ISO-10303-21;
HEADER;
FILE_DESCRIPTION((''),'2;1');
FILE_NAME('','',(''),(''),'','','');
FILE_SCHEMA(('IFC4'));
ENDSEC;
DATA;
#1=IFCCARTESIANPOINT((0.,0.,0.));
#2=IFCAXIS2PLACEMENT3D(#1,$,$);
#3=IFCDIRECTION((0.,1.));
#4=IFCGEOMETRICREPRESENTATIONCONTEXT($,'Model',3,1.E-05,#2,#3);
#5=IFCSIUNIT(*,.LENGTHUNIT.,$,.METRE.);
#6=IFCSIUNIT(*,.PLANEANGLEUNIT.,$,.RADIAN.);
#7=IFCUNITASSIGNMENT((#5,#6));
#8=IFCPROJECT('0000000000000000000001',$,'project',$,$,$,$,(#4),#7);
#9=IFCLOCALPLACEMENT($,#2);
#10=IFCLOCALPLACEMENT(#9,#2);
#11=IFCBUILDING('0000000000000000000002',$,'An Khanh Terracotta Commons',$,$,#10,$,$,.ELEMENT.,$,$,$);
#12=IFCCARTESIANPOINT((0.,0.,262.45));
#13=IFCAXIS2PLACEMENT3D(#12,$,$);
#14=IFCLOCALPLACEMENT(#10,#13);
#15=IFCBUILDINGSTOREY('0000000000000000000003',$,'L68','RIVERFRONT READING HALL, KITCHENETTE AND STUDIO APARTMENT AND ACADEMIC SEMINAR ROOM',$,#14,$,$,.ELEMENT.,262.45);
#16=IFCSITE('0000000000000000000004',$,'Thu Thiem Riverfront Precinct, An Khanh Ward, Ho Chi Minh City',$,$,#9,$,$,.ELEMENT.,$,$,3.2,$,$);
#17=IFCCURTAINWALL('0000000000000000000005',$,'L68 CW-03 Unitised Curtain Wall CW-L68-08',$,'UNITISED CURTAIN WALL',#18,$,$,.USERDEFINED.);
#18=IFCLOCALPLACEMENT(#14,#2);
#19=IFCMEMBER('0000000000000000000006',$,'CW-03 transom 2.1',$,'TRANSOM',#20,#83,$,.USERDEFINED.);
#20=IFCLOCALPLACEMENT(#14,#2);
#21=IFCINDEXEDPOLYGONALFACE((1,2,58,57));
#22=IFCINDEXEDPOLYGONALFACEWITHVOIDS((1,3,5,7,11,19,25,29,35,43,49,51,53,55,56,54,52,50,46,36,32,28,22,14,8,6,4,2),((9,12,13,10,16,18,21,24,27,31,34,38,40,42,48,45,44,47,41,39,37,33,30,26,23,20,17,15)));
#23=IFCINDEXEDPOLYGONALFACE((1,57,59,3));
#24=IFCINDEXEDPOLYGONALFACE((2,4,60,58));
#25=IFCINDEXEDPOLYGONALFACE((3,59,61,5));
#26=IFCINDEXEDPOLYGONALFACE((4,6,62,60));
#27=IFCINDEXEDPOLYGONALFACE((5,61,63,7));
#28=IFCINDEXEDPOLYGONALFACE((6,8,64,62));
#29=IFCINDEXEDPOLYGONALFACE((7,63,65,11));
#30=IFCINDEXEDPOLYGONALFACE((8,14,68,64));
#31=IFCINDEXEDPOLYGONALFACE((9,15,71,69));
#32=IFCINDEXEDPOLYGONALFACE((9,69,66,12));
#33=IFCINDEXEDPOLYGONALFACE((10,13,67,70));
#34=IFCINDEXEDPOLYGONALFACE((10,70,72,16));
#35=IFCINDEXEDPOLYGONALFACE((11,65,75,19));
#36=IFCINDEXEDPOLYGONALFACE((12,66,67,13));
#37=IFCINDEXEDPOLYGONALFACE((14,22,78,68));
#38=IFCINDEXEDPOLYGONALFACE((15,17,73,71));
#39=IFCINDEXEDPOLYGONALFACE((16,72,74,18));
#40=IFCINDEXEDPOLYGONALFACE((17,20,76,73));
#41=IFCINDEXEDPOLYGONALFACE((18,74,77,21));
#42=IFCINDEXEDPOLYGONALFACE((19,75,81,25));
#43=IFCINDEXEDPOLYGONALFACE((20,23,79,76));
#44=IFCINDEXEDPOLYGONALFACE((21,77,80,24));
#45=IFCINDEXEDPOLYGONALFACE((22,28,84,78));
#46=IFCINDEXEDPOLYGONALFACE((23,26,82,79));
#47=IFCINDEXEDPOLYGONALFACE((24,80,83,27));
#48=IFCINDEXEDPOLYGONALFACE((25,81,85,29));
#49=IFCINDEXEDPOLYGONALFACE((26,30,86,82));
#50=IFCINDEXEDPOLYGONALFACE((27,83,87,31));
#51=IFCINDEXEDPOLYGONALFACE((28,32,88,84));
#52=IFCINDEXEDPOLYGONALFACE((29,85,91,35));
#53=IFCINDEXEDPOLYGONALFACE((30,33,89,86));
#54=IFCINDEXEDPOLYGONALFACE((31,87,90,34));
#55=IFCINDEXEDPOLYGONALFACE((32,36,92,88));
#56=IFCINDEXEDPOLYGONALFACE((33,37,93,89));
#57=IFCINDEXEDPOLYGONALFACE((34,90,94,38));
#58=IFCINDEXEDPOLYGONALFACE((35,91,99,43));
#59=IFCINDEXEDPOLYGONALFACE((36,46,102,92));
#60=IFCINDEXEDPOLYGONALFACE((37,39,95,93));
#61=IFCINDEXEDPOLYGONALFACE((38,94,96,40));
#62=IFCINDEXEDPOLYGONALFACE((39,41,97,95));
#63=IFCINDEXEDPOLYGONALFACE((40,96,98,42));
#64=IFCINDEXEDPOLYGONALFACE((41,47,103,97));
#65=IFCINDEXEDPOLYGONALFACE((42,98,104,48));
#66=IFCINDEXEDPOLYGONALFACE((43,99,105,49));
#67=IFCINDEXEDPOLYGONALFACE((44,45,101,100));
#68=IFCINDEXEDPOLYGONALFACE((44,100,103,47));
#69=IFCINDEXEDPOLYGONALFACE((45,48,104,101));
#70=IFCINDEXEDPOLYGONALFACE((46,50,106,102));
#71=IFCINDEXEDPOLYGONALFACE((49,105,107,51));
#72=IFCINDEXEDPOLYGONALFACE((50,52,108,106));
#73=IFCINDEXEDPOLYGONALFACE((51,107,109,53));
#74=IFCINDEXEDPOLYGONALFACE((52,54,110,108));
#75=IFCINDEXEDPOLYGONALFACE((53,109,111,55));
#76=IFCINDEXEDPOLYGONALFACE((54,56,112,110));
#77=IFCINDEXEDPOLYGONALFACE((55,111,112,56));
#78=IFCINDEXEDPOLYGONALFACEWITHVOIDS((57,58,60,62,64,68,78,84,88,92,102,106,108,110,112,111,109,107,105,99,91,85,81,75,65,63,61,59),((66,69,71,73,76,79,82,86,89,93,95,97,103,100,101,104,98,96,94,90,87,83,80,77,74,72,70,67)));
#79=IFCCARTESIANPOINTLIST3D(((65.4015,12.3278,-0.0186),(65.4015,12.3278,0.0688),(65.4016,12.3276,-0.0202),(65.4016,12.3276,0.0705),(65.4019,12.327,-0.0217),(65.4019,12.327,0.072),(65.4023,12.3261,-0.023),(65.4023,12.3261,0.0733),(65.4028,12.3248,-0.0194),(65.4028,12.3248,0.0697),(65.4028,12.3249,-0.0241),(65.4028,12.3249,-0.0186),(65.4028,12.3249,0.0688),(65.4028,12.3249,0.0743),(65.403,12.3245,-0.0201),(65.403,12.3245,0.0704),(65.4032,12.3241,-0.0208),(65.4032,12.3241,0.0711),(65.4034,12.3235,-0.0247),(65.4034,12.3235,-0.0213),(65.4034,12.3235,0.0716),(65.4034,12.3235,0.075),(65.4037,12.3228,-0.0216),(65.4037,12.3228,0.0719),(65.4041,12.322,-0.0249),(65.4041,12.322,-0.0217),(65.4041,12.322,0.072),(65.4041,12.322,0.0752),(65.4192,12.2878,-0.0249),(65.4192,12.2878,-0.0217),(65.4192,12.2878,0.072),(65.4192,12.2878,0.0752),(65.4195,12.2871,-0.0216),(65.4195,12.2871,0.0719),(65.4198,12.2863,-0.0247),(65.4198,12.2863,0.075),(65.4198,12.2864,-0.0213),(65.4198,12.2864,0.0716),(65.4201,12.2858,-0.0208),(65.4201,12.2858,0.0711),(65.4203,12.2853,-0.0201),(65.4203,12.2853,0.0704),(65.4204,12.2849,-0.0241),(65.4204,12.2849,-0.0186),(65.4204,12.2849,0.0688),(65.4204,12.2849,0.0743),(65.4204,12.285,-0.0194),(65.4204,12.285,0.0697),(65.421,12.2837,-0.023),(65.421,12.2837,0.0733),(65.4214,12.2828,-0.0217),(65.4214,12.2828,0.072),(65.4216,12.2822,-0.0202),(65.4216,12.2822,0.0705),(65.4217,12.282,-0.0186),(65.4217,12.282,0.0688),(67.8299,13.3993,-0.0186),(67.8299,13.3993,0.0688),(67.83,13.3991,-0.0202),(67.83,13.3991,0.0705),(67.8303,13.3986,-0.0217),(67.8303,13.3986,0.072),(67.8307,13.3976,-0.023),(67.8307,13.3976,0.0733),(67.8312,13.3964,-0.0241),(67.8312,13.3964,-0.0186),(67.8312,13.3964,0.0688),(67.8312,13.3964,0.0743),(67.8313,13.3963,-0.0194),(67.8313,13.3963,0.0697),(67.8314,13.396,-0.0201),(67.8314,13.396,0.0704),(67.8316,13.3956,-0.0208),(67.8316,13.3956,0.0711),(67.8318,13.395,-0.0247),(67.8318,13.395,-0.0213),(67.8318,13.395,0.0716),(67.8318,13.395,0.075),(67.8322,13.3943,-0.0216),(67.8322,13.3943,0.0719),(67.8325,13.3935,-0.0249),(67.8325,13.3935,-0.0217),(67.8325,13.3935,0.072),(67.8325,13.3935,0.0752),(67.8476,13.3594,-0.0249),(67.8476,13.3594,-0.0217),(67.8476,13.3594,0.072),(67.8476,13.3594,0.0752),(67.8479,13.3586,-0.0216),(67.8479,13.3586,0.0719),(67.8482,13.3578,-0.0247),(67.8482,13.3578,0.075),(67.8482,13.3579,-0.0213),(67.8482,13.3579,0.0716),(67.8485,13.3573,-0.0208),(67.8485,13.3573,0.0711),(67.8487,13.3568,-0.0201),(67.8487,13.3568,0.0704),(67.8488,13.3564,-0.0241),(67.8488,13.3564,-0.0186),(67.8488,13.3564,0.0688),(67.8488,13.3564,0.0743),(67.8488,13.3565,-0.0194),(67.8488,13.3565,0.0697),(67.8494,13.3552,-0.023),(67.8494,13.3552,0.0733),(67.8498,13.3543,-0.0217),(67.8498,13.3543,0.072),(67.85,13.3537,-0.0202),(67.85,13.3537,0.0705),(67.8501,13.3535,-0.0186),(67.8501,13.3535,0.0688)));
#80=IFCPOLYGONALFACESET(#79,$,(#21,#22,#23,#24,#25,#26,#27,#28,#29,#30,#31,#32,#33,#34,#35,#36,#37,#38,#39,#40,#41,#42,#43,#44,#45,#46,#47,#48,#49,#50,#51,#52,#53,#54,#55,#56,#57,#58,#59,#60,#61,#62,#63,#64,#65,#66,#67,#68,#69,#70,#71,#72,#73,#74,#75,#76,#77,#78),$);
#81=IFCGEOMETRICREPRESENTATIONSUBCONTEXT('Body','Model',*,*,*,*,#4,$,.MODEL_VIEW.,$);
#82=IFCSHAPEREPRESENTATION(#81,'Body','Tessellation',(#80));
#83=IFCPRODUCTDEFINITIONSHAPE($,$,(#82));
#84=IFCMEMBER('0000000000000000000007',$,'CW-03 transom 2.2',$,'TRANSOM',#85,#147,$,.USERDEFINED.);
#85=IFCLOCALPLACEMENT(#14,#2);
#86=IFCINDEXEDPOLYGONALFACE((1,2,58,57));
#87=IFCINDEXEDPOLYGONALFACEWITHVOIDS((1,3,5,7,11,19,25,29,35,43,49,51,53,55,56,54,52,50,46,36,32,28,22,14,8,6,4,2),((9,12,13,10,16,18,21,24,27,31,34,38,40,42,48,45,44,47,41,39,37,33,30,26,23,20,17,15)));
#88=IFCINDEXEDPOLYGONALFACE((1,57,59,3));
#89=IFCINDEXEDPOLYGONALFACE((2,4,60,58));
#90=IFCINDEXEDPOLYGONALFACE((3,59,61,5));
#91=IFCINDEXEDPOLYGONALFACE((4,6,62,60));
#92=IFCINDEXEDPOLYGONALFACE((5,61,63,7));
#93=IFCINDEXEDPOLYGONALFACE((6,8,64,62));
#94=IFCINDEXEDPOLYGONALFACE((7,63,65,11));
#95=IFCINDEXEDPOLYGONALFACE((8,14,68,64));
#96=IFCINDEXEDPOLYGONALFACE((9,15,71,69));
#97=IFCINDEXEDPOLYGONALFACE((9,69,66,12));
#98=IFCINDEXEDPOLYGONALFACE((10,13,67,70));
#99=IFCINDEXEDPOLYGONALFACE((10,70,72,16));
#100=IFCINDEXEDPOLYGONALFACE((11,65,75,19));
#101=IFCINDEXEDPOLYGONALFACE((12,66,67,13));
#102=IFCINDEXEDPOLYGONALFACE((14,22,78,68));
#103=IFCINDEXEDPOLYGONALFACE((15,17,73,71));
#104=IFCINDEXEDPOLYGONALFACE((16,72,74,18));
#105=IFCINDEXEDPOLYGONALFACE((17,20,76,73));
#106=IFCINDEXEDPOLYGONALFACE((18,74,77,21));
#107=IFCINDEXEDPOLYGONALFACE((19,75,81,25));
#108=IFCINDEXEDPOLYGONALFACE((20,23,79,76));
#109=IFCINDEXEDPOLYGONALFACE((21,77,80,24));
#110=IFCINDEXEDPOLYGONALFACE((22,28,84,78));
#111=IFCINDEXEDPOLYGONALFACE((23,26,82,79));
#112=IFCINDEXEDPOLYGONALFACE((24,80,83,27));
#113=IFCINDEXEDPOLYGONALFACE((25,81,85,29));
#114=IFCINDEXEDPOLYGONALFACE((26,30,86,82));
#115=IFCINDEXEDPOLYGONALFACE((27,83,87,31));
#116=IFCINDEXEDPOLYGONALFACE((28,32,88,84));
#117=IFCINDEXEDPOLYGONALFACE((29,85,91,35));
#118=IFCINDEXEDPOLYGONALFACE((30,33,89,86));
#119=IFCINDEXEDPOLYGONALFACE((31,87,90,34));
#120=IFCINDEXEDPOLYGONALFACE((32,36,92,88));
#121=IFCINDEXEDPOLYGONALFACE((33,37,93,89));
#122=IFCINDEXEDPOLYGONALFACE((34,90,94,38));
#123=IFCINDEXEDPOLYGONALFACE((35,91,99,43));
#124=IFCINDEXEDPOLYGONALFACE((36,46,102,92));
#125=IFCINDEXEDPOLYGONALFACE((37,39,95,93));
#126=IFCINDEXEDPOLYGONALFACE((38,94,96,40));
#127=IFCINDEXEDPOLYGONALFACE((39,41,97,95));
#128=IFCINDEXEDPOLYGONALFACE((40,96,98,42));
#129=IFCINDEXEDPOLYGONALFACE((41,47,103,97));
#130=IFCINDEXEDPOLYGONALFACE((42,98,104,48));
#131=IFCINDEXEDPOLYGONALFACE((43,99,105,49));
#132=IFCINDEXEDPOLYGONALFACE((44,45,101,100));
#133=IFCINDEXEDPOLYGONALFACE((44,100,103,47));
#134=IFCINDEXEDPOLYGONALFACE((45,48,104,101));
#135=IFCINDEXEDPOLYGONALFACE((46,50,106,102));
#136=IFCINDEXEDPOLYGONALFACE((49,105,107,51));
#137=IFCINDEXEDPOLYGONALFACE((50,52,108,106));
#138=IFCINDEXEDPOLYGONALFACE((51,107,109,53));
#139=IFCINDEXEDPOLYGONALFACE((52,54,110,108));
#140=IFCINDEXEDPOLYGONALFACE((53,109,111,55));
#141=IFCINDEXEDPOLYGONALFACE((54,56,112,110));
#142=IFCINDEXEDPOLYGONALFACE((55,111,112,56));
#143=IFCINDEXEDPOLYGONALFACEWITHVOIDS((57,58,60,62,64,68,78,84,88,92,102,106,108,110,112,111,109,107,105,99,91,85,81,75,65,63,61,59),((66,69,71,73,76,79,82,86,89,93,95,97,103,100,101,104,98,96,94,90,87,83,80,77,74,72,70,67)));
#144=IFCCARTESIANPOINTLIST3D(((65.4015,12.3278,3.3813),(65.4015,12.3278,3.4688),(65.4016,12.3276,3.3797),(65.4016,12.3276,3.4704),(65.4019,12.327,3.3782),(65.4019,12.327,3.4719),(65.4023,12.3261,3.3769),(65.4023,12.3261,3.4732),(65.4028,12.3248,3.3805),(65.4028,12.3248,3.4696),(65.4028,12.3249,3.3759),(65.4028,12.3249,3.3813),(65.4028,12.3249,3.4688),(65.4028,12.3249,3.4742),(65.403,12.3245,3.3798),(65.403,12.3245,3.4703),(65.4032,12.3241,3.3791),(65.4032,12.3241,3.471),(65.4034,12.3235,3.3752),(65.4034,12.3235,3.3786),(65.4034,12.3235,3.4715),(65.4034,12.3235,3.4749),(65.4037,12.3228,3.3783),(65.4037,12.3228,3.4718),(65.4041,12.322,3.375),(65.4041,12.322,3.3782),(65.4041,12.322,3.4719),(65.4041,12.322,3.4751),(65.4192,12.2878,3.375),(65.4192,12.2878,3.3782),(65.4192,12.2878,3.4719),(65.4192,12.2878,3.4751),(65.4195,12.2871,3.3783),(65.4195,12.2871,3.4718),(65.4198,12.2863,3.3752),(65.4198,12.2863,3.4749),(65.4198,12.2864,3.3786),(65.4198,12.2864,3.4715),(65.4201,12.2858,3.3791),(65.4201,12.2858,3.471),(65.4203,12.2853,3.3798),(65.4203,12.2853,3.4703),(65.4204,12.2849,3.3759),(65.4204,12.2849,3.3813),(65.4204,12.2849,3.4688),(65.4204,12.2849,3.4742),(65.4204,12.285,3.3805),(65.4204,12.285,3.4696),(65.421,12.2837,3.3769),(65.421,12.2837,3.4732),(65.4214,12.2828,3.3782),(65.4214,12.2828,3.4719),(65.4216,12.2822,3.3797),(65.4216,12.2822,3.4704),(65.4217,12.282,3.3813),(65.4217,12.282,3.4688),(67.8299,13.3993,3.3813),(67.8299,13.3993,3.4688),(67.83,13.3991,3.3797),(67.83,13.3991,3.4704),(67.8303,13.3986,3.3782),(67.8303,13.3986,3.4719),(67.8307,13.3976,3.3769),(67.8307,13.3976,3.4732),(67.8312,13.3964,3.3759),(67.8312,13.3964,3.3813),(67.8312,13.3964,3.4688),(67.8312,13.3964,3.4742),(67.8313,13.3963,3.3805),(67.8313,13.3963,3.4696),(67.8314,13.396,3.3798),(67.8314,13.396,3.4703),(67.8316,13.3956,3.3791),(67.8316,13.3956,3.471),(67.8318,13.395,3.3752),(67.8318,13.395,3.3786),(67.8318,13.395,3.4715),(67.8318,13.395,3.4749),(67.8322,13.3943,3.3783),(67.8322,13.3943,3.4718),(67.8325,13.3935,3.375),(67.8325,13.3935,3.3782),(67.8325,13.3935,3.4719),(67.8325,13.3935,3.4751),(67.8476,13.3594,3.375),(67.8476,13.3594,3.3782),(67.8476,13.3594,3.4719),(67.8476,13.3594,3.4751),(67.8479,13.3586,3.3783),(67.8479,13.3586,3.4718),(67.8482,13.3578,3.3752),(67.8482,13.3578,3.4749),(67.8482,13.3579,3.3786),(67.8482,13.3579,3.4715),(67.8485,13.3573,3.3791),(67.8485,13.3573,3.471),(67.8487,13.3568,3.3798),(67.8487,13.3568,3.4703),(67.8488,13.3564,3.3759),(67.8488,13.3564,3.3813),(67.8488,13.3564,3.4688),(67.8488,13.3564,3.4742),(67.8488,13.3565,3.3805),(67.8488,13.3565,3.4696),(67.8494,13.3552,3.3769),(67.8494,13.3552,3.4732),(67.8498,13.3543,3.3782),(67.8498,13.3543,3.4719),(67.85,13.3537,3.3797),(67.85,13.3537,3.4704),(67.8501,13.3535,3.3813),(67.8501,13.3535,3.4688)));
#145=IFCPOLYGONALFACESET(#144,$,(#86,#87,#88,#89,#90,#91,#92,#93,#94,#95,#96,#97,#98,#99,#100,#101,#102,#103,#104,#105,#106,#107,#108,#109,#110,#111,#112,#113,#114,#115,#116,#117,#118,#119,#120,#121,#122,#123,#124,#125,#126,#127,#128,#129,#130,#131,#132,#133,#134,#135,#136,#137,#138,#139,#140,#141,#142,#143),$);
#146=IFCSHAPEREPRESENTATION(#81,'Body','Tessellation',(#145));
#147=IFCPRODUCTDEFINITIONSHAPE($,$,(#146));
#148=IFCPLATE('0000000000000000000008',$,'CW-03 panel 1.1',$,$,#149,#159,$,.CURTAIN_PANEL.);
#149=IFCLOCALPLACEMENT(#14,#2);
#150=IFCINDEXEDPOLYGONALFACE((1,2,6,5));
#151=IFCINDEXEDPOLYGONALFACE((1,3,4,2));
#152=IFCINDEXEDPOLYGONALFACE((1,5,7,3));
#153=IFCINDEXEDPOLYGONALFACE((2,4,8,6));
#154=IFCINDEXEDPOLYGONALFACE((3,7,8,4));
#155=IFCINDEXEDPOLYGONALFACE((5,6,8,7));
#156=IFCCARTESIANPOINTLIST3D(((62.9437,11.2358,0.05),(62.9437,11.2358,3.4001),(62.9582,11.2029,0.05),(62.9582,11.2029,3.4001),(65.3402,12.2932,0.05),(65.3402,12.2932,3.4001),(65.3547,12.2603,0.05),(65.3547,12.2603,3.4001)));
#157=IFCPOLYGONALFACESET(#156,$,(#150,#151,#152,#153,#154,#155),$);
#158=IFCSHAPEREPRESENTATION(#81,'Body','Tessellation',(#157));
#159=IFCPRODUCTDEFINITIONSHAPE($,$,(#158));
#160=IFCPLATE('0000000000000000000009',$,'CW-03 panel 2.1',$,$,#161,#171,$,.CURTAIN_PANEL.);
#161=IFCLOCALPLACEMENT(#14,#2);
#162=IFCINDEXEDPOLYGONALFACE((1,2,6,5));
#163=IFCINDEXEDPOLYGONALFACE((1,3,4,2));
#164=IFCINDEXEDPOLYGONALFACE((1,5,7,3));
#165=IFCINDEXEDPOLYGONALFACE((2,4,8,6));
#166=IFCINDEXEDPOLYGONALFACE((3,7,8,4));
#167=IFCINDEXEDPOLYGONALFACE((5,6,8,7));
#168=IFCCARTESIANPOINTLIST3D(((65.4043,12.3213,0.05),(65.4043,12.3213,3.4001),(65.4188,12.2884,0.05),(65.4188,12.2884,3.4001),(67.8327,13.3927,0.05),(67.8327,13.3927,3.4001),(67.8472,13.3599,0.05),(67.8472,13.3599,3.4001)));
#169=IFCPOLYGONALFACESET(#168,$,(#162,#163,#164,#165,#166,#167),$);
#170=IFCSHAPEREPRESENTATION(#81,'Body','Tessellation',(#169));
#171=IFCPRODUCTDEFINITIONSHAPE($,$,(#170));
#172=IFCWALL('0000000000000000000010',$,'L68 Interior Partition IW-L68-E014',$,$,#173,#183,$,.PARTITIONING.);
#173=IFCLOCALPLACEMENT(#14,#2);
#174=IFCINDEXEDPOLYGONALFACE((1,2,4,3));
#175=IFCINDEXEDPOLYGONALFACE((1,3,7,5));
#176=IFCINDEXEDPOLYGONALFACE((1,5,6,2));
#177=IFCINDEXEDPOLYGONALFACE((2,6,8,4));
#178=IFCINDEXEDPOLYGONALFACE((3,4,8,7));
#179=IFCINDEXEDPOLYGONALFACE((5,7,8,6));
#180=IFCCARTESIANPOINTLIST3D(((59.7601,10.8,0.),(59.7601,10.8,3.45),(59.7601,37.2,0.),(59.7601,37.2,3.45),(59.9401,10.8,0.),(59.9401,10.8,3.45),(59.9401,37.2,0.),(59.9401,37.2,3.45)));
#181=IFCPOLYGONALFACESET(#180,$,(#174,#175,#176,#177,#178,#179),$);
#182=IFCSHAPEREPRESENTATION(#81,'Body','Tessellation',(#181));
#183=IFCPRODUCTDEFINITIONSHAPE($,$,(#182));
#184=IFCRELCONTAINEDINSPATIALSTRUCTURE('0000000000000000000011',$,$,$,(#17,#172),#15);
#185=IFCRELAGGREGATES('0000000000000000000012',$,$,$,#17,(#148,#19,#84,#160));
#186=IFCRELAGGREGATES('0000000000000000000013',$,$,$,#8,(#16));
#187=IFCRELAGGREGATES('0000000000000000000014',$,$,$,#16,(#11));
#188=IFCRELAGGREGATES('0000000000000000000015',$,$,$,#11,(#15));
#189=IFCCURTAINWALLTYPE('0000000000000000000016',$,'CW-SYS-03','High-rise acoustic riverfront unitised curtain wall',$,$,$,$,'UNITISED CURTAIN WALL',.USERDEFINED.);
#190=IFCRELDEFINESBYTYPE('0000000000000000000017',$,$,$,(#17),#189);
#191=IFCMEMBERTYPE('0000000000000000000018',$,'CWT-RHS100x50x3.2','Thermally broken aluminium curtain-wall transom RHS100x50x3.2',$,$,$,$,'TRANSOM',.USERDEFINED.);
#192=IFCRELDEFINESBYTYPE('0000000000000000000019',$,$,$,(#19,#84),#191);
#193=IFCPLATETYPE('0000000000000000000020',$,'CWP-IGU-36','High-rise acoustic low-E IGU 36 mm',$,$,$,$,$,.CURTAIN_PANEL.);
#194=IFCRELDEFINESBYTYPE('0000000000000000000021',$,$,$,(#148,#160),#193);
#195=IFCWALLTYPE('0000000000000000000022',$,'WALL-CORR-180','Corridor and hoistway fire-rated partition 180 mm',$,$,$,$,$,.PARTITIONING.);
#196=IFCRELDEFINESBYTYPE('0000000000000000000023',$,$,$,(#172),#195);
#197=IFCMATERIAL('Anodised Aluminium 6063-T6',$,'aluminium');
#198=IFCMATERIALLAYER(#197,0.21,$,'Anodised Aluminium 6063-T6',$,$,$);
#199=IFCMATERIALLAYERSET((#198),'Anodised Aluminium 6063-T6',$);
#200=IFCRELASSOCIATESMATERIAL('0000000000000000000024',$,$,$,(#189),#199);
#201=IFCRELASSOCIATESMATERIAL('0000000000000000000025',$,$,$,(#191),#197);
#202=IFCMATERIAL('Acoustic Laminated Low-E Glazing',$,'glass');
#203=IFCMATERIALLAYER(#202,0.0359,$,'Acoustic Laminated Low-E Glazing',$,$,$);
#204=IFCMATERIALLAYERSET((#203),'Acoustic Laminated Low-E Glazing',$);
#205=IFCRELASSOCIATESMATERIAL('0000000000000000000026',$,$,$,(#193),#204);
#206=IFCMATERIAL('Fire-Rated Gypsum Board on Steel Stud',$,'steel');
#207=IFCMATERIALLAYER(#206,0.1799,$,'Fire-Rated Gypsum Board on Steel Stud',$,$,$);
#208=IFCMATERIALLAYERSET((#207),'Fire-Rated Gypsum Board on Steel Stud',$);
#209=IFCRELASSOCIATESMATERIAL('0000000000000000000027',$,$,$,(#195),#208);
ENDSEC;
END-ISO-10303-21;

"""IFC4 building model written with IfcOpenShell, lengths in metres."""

from ifc_helpers import new_model, si_unit, direction, frame, frame_2d, origin, origin_2d, place, context, subcontext, project, spatial, rectangle, hollow_rectangle, extrude, material, layer, layer_set, material_profile, profile_set, type_object, element, aggregate, save


model = new_model("IFC4")

# Units and contexts
model_context = context("Model", 3, precision=1e-05, world=origin(), true_north=direction((0.0, 1.0)))
body_context = subcontext(model_context, "Body", "Model", "MODEL_VIEW")
ifc_project = project(units=[si_unit("LENGTHUNIT", "METRE"), si_unit("PLANEANGLEUNIT", "RADIAN")], contexts=[model_context])

# Site, building, storey
site_placement = place(None, origin())
site = spatial("IfcSite", under=ifc_project, at=site_placement, Name="Thu Thiem Riverfront Precinct, An Khanh Ward, Ho Chi Minh City", CompositionType="ELEMENT", RefElevation=3.2)
building_placement = place(site_placement, origin())
building = spatial("IfcBuilding", under=site, at=building_placement, Name="An Khanh Terracotta Commons", CompositionType="ELEMENT")
storey_placement = place(building_placement, frame((0.0, 0.0, 262.45)))
storey = spatial("IfcBuildingStorey", under=building, at=storey_placement, Name="L68", Description="RIVERFRONT READING HALL, KITCHENETTE AND STUDIO APARTMENT AND ACADEMIC SEMINAR ROOM", CompositionType="ELEMENT", Elevation=262.45)

# Curtain wall, members, plates
ifc_material_1 = material(Name="Anodised Aluminium 6063-T6", Category="aluminium")
ifc_layer_1 = layer(ifc_material_1, 0.21, Name="Anodised Aluminium 6063-T6")
ifc_layer_set_1 = layer_set([ifc_layer_1], Name="Anodised Aluminium 6063-T6")
curtain_wall_type = type_object("IfcCurtainWallType", Name="CW-SYS-03", Description="High-rise acoustic riverfront unitised curtain wall", ElementType="UNITISED CURTAIN WALL", PredefinedType="USERDEFINED", material=ifc_layer_set_1)
curtain_wall_placement = place(storey_placement, origin())
curtain_wall = element("IfcCurtainWall", 1, at=curtain_wall_placement, inside=storey, type_object=curtain_wall_type, Name="L68 CW-03 Unitised Curtain Wall CW-L68-08", ObjectType="UNITISED CURTAIN WALL", PredefinedType="USERDEFINED")
ifc_material_profile_1 = material_profile(ifc_material_1, hollow_rectangle(XDim=0.05, YDim=0.1001, WallThickness=0.0032, InnerFilletRadius=0.0032, OuterFilletRadius=0.0063, at=origin_2d()), Name="RHS100x50x3.2")
ifc_profile_set_1 = profile_set([ifc_material_profile_1], Name="Anodised Aluminium 6063-T6")
member_type_1 = type_object("IfcMemberType", Name="CWT-RHS100x50x3.2", Description="Thermally broken aluminium curtain-wall transom RHS100x50x3.2", ElementType="TRANSOM", PredefinedType="USERDEFINED", material=ifc_profile_set_1)
member_1_placement = place(storey_placement, frame((65.4116, 12.3049, 0.0251), z_axis=(0.914897, 0.403688, 0.0), x_axis=(-0.403688, 0.914897, 0.0)))
member_1 = element("IfcMember", 2, at=member_1_placement, type_object=member_type_1, Name="CW-03 transom 2.1", ObjectType="TRANSOM", PredefinedType="USERDEFINED", context=body_context, shape_type="SweptSolid", body=[
    extrude(hollow_rectangle(XDim=0.05, YDim=0.1001, WallThickness=0.0032, InnerFilletRadius=0.0032, OuterFilletRadius=0.0063, at=origin_2d()), origin(), (0.0, 0.0, 1.0), 2.6543),
])
member_2_placement = place(storey_placement, frame((65.4116, 12.3049, 3.425), z_axis=(0.914897, 0.403688, 0.0), x_axis=(-0.403688, 0.914897, 0.0)))
member_2 = element("IfcMember", 3, at=member_2_placement, type_object=member_type_1, Name="CW-03 transom 2.2", ObjectType="TRANSOM", PredefinedType="USERDEFINED", context=body_context, shape_type="SweptSolid", body=[
    extrude(hollow_rectangle(XDim=0.05, YDim=0.1001, WallThickness=0.0032, InnerFilletRadius=0.0032, OuterFilletRadius=0.0063, at=origin_2d()), origin(), (0.0, 0.0, 1.0), 2.6543),
])
ifc_material_2 = material(Name="Acoustic Laminated Low-E Glazing", Category="glass")
ifc_layer_2 = layer(ifc_material_2, 0.0359, Name="Acoustic Laminated Low-E Glazing")
ifc_layer_set_2 = layer_set([ifc_layer_2], Name="Acoustic Laminated Low-E Glazing")
plate_type = type_object("IfcPlateType", Name="CWP-IGU-36", Description="High-rise acoustic low-E IGU 36 mm", PredefinedType="CURTAIN_PANEL", material=ifc_layer_set_2)
plate_1_placement = place(storey_placement, frame((64.1492, 11.748, 0.05), z_axis=(0.0, 0.0, 1.0), x_axis=(0.914902, 0.403676, 0.0)))
plate_1 = element("IfcPlate", 4, at=plate_1_placement, type_object=plate_type, Name="CW-03 panel 1.1", PredefinedType="CURTAIN_PANEL", context=body_context, shape_type="SweptSolid", body=[
    extrude(rectangle(XDim=2.6194, YDim=0.0359, at=origin_2d()), origin(), (0.0, 0.0, 1.0), 3.3501),
])
plate_2_placement = place(storey_placement, frame((66.6257, 12.8406, 0.05), z_axis=(0.0, 0.0, 1.0), x_axis=(0.914902, 0.403676, 0.0)))
plate_2 = element("IfcPlate", 5, at=plate_2_placement, type_object=plate_type, Name="CW-03 panel 2.1", PredefinedType="CURTAIN_PANEL", context=body_context, shape_type="SweptSolid", body=[
    extrude(rectangle(XDim=2.6543, YDim=0.0359, at=origin_2d()), origin(), (0.0, 0.0, 1.0), 3.3501),
])
aggregate(curtain_wall, [plate_1, member_1, member_2, plate_2])

# Wall
ifc_material_3 = material(Name="Fire-Rated Gypsum Board on Steel Stud", Category="steel")
ifc_layer_3 = layer(ifc_material_3, 0.1799, Name="Fire-Rated Gypsum Board on Steel Stud")
ifc_layer_set_3 = layer_set([ifc_layer_3], Name="Fire-Rated Gypsum Board on Steel Stud")
wall_type_1 = type_object("IfcWallType", Name="WALL-CORR-180", Description="Corridor and hoistway fire-rated partition 180 mm", PredefinedType="PARTITIONING", material=ifc_layer_set_3)
wall_1_placement = place(storey_placement, frame((59.8501, 10.8, 0.0), z_axis=(0.0, 0.0, 1.0), x_axis=(0.0, 1.0, 0.0)))
element("IfcWall", 6, at=wall_1_placement, inside=storey, type_object=wall_type_1, Name="L68 Interior Partition IW-L68-E014", PredefinedType="PARTITIONING", context=body_context, shape_type="SweptSolid", body=[
    extrude(rectangle(XDim=26.3999, YDim=0.1799, at=frame_2d((13.2, 0.0))), origin(), (0.0, 0.0, 1.0), 3.45),
])

save(model, "model.ifc")
